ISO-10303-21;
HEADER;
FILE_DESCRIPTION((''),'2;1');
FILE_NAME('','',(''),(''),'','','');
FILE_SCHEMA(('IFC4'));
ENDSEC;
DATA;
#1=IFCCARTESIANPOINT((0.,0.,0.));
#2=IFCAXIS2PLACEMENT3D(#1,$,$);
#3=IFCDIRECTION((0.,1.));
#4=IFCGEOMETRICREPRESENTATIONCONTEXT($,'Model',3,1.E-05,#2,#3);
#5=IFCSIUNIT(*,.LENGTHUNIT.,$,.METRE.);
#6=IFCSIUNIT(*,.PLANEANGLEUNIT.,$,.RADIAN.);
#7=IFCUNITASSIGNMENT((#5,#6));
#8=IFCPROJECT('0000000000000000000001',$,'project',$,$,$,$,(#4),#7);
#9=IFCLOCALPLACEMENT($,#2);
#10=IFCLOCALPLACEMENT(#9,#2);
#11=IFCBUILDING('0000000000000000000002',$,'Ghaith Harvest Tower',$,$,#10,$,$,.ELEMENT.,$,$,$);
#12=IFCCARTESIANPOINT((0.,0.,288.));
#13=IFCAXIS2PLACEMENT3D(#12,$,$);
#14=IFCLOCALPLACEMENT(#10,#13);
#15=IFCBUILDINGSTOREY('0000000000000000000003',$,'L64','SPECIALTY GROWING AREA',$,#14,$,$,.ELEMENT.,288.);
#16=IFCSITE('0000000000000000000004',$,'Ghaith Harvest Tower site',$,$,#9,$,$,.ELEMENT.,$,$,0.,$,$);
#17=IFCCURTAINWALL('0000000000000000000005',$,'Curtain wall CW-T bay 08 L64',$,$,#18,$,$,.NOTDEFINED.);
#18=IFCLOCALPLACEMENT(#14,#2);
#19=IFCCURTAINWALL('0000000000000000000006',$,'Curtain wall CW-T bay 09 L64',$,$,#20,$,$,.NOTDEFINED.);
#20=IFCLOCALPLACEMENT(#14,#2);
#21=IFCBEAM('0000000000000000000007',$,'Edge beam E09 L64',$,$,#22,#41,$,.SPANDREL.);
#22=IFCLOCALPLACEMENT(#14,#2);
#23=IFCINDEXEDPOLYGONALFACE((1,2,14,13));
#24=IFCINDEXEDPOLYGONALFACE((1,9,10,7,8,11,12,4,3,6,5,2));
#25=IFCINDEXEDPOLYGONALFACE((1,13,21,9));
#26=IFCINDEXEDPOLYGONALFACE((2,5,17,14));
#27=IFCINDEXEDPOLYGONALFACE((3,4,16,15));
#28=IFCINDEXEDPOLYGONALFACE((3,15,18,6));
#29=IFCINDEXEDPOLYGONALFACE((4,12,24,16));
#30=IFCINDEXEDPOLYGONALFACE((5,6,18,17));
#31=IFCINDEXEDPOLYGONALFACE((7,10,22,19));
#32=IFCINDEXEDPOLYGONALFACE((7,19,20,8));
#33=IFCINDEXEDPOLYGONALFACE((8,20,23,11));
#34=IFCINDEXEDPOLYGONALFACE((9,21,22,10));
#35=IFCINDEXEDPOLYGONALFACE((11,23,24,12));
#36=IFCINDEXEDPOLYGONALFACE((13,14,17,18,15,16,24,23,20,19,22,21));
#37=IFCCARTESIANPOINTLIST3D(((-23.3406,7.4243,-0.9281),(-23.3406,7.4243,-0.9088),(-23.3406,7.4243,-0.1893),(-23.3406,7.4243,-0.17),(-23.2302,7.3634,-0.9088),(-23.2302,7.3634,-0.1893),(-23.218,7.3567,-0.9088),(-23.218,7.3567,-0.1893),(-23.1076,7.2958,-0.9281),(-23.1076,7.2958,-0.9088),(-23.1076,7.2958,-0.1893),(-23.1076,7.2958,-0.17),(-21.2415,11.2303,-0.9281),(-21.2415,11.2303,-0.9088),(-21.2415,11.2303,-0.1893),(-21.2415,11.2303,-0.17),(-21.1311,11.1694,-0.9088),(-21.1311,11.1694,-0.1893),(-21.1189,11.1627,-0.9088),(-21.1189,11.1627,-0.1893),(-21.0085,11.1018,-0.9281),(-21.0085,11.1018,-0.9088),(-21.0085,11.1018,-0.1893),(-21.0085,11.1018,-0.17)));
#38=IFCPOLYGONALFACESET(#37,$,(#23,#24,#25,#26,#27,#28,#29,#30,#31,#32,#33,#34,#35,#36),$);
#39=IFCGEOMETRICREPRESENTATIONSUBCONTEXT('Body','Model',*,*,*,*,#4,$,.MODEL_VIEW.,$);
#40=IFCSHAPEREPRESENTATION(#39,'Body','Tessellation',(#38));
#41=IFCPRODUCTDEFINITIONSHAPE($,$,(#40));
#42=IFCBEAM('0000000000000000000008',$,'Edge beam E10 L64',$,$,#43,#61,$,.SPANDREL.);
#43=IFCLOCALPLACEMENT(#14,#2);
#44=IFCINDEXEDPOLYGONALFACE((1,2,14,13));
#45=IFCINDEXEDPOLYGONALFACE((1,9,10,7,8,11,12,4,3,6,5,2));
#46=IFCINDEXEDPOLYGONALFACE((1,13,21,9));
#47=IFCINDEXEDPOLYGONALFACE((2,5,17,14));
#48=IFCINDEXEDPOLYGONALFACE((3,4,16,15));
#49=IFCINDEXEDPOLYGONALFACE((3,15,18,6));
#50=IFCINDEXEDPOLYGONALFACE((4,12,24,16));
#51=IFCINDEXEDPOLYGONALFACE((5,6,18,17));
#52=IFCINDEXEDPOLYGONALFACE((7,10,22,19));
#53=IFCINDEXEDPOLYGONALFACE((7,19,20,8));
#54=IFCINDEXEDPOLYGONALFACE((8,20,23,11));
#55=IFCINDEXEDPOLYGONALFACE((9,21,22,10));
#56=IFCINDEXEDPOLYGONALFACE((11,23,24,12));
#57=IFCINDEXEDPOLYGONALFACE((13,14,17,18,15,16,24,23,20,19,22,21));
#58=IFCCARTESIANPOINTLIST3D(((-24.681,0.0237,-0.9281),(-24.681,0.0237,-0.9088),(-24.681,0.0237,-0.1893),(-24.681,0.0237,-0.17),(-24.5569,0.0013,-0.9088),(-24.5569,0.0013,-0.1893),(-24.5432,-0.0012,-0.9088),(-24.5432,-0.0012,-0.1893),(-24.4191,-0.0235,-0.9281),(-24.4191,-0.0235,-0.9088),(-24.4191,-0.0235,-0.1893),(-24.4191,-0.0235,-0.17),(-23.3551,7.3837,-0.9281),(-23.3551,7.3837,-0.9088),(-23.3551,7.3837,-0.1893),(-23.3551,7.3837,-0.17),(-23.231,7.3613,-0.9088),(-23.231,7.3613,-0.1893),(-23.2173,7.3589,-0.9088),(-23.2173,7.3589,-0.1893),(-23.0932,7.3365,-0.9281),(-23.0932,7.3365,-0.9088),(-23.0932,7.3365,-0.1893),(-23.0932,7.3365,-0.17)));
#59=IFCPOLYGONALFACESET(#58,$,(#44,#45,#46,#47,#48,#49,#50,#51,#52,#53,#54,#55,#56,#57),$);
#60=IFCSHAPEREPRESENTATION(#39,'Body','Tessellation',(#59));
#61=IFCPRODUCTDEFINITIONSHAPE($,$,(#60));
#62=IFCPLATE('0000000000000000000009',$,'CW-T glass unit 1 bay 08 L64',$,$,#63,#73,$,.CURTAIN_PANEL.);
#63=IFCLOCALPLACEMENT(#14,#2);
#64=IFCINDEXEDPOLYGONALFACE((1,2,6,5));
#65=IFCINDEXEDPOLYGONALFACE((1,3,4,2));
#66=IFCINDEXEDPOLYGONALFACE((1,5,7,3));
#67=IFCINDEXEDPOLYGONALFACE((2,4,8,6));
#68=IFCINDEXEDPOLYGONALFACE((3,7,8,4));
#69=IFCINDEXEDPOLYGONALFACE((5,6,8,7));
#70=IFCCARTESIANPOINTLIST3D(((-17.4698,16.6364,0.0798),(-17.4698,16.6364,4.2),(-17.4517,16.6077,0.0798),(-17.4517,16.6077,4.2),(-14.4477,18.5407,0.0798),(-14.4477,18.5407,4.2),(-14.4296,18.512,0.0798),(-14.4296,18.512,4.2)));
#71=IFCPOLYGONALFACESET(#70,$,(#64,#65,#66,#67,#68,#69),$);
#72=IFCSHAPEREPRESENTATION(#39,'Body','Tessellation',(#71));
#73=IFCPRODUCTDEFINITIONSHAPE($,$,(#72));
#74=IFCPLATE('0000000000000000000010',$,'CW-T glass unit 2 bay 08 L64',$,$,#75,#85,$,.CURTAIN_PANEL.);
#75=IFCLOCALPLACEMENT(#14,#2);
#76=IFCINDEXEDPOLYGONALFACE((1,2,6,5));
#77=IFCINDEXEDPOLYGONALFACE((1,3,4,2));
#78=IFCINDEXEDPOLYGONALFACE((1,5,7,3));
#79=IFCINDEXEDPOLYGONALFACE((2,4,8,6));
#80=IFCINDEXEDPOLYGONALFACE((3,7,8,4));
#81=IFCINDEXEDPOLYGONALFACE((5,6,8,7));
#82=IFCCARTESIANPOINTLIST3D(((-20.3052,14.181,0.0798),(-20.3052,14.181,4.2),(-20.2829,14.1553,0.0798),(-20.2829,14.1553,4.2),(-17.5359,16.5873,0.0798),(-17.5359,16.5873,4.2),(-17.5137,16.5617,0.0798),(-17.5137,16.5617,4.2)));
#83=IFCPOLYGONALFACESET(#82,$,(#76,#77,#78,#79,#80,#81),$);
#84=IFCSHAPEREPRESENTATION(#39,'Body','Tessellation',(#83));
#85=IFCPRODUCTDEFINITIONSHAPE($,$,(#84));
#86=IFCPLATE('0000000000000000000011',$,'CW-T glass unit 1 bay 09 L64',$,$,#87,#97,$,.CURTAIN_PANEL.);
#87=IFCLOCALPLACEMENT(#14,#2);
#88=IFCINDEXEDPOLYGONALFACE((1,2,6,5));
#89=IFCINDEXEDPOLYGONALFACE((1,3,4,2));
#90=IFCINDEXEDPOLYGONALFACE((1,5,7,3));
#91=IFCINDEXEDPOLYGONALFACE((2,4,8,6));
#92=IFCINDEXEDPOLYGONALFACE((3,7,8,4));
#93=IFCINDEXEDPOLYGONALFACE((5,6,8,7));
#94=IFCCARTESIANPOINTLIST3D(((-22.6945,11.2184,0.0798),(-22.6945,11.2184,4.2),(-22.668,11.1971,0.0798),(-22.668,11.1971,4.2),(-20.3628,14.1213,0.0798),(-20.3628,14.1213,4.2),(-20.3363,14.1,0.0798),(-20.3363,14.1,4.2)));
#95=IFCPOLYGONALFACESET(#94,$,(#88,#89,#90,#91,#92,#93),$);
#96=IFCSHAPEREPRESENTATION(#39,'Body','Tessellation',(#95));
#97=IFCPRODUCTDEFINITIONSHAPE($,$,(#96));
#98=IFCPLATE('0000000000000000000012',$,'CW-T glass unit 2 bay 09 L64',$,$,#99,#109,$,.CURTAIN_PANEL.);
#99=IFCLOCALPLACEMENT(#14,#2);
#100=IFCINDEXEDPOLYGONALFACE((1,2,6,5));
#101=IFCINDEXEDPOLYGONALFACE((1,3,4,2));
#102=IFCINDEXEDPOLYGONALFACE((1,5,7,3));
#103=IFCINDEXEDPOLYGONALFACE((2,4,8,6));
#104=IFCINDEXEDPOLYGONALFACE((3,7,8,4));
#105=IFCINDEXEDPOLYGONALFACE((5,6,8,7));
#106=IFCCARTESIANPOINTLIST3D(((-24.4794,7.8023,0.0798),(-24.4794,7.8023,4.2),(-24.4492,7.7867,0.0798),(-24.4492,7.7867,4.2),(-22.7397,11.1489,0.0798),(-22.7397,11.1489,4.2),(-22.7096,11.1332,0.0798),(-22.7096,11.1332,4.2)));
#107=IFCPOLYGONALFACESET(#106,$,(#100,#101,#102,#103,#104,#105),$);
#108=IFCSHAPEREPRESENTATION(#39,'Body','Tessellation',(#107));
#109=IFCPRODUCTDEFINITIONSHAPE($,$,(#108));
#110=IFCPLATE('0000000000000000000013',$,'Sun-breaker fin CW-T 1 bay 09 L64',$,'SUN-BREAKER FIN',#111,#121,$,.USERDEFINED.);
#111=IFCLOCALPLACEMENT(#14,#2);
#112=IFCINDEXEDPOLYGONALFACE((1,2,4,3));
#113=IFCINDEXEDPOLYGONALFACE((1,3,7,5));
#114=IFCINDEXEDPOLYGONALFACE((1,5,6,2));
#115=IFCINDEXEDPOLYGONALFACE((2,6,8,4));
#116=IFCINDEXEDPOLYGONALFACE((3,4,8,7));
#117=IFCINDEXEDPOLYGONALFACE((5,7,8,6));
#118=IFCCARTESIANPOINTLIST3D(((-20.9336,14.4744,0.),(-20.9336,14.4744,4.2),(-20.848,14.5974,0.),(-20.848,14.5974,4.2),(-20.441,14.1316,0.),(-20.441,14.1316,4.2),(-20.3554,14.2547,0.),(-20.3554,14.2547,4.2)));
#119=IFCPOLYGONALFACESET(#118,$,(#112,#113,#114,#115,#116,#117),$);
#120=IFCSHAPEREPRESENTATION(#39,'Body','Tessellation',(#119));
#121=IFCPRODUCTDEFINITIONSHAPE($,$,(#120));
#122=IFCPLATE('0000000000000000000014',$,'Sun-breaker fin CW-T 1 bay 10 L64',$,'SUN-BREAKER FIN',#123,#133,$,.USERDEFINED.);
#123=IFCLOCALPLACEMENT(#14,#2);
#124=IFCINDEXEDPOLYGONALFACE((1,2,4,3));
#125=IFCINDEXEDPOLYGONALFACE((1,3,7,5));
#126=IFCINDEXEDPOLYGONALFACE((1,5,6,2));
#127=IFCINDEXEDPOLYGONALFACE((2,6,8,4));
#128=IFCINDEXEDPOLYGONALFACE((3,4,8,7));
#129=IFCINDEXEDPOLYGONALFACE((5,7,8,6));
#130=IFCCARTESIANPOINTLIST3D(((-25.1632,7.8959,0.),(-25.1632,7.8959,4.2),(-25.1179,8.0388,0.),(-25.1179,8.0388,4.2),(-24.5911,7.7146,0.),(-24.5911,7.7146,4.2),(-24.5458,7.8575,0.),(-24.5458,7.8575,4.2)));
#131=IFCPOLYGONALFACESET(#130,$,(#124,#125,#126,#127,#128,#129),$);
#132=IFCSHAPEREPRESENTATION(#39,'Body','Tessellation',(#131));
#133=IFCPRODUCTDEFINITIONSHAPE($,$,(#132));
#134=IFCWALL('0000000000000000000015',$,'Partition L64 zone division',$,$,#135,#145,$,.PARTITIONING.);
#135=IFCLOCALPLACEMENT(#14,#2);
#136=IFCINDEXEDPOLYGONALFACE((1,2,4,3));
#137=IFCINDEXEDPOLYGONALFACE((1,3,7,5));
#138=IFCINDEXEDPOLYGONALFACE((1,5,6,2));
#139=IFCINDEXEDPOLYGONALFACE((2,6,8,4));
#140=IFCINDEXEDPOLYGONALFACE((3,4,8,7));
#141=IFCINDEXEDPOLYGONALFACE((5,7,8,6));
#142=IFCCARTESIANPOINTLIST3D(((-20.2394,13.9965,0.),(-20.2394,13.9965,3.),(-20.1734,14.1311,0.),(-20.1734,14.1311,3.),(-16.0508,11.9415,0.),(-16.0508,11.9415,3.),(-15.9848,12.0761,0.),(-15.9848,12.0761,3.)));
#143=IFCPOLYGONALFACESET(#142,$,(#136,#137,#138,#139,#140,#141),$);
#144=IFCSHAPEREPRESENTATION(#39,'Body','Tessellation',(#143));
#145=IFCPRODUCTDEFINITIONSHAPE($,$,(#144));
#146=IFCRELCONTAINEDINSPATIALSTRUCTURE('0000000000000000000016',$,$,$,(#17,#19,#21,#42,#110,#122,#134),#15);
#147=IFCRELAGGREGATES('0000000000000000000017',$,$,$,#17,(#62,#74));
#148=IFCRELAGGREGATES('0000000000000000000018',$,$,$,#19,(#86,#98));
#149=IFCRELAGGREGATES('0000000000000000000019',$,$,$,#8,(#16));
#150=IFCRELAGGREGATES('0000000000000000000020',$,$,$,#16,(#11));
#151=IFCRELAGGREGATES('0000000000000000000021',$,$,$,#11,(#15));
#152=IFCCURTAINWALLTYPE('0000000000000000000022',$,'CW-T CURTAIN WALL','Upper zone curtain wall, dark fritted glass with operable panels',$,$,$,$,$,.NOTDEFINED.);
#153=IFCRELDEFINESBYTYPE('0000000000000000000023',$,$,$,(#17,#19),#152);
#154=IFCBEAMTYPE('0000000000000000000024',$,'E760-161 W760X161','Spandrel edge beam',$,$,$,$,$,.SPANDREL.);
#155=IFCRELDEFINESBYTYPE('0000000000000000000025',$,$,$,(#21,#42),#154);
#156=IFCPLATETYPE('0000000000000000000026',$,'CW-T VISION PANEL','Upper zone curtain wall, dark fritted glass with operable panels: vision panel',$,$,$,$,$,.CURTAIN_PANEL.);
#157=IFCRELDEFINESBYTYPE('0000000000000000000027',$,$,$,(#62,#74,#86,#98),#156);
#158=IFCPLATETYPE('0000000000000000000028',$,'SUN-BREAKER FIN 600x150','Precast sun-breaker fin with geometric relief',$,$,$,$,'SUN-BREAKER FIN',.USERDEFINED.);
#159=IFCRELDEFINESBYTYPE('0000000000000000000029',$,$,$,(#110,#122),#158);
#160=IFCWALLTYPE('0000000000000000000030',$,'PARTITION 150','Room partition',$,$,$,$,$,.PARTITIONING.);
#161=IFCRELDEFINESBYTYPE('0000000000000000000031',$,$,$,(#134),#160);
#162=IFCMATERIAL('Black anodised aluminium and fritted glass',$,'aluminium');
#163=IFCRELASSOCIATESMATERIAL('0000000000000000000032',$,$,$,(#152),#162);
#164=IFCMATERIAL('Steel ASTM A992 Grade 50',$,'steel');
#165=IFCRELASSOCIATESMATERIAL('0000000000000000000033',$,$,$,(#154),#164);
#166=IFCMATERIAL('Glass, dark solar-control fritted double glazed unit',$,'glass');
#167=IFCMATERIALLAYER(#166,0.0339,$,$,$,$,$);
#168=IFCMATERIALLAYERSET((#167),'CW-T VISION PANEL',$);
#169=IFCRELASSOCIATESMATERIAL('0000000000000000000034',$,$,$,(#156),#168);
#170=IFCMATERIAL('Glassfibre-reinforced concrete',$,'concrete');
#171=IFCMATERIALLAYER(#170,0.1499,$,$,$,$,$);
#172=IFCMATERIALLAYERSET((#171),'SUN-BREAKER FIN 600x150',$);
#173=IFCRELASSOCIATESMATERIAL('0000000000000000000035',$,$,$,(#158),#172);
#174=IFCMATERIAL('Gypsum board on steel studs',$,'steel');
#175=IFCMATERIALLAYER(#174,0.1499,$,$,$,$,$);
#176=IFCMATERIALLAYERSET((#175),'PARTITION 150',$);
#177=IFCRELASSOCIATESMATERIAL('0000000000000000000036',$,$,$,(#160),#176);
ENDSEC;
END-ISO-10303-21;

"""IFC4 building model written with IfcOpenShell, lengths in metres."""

from ifc_helpers import new_model, si_unit, direction, frame, frame_2d, origin, origin_2d, place, context, subcontext, project, spatial, rectangle, i_section, extrude, material, layer, layer_set, material_profile, profile_set, type_object, element, aggregate, save


model = new_model("IFC4")

# Units and contexts
model_context = context("Model", 3, precision=1e-05, world=origin(), true_north=direction((0.0, 1.0)))
body_context = subcontext(model_context, "Body", "Model", "MODEL_VIEW")
ifc_project = project(units=[si_unit("LENGTHUNIT", "METRE"), si_unit("PLANEANGLEUNIT", "RADIAN")], contexts=[model_context])

# Site, building, storey
site_placement = place(None, origin())
site = spatial("IfcSite", under=ifc_project, at=site_placement, Name="Ghaith Harvest Tower site", CompositionType="ELEMENT", RefElevation=0.0)
building_placement = place(site_placement, origin())
building = spatial("IfcBuilding", under=site, at=building_placement, Name="Ghaith Harvest Tower", CompositionType="ELEMENT")
storey_placement = place(building_placement, frame((0.0, 0.0, 288.0)))
storey = spatial("IfcBuildingStorey", under=building, at=storey_placement, Name="L64", Description="SPECIALTY GROWING AREA", CompositionType="ELEMENT", Elevation=288.0)

# Curtain walls
ifc_material_1 = material(Name="Black anodised aluminium and fritted glass", Category="aluminium")
curtain_wall_type = type_object("IfcCurtainWallType", Name="CW-T CURTAIN WALL", Description="Upper zone curtain wall, dark fritted glass with operable panels", PredefinedType="NOTDEFINED", material=ifc_material_1)
curtain_wall_1_placement = place(storey_placement, origin())
curtain_wall_1 = element("IfcCurtainWall", 1, at=curtain_wall_1_placement, inside=storey, type_object=curtain_wall_type, Name="Curtain wall CW-T bay 08 L64", PredefinedType="NOTDEFINED")
curtain_wall_2_placement = place(storey_placement, origin())
curtain_wall_2 = element("IfcCurtainWall", 2, at=curtain_wall_2_placement, inside=storey, type_object=curtain_wall_type, Name="Curtain wall CW-T bay 09 L64", PredefinedType="NOTDEFINED")

# Beams
ifc_material_2 = material(Name="Steel ASTM A992 Grade 50", Category="steel")
ifc_material_profile_1 = material_profile(ifc_material_2, i_section(OverallWidth=0.2661, OverallDepth=0.7581, WebThickness=0.0139, FlangeThickness=0.0193, at=origin_2d()), Name="W760X161")
ifc_profile_set_1 = profile_set([ifc_material_profile_1], Name="Steel ASTM A992 Grade 50")
beam_type = type_object("IfcBeamType", Name="E760-161 W760X161", Description="Spandrel edge beam", PredefinedType="SPANDREL", material=ifc_profile_set_1)
beam_1_placement = place(storey_placement, frame((-21.125, 11.166, -0.5491), z_axis=(-0.482956, -0.875645, 0.0), x_axis=(0.875645, -0.482956, 0.0)))
element("IfcBeam", 3, at=beam_1_placement, inside=storey, type_object=beam_type, Name="Edge beam E09 L64", PredefinedType="SPANDREL", context=body_context, shape_type="SweptSolid", body=[
    extrude(i_section(OverallWidth=0.2661, OverallDepth=0.7581, WebThickness=0.0139, FlangeThickness=0.0193, at=origin_2d()), origin(), (0.0, 0.0, 1.0), 4.3464),
])
beam_2_placement = place(storey_placement, frame((-23.2241, 7.3601, -0.5491), z_axis=(-0.177297, -0.984157, 0.0), x_axis=(0.984157, -0.177297, 0.0)))
element("IfcBeam", 4, at=beam_2_placement, inside=storey, type_object=beam_type, Name="Edge beam E10 L64", PredefinedType="SPANDREL", context=body_context, shape_type="SweptSolid", body=[
    extrude(i_section(OverallWidth=0.2661, OverallDepth=0.7581, WebThickness=0.0139, FlangeThickness=0.0193, at=origin_2d()), origin(), (0.0, 0.0, 1.0), 7.4785),
])

# Plates
ifc_material_3 = material(Name="Glass, dark solar-control fritted double glazed unit", Category="glass")
ifc_layer_1 = layer(ifc_material_3, 0.0339)
ifc_layer_set_1 = layer_set([ifc_layer_1], Name="CW-T VISION PANEL")
plate_type_1 = type_object("IfcPlateType", Name="CW-T VISION PANEL", Description="Upper zone curtain wall, dark fritted glass with operable panels: vision panel", PredefinedType="CURTAIN_PANEL", material=ifc_layer_set_1)
plate_1_placement = place(storey_placement, frame((-15.9497, 17.5742, 0.0798), z_axis=(0.0, 0.0, 1.0), x_axis=(-0.846043, -0.533114, 0.0)))
plate_1 = element("IfcPlate", 5, at=plate_1_placement, type_object=plate_type_1, Name="CW-T glass unit 1 bay 08 L64", PredefinedType="CURTAIN_PANEL", context=body_context, shape_type="SweptSolid", body=[
    extrude(rectangle(XDim=3.572, YDim=0.0339, at=origin_2d()), origin(), (0.0, 0.0, 1.0), 4.1201),
])
plate_2_placement = place(storey_placement, frame((-18.9094, 15.3713, 0.0798), z_axis=(0.0, 0.0, 1.0), x_axis=(-0.754829, -0.655922, 0.0)))
plate_2 = element("IfcPlate", 6, at=plate_2_placement, type_object=plate_type_1, Name="CW-T glass unit 2 bay 08 L64", PredefinedType="CURTAIN_PANEL", context=body_context, shape_type="SweptSolid", body=[
    extrude(rectangle(XDim=3.6687, YDim=0.0339, at=origin_2d()), origin(), (0.0, 0.0, 1.0), 4.1201),
])
aggregate(curtain_wall_1, [plate_1, plate_2])
plate_3_placement = place(storey_placement, frame((-21.5154, 12.6592, 0.0798), z_axis=(0.0, 0.0, 1.0), x_axis=(-0.62623, -0.779639, 0.0)))
plate_3 = element("IfcPlate", 7, at=plate_3_placement, type_object=plate_type_1, Name="CW-T glass unit 1 bay 09 L64", PredefinedType="CURTAIN_PANEL", context=body_context, shape_type="SweptSolid", body=[
    extrude(rectangle(XDim=3.7234, YDim=0.0339, at=origin_2d()), origin(), (0.0, 0.0, 1.0), 4.1201),
])
plate_4_placement = place(storey_placement, frame((-23.5945, 9.4678, 0.0798), z_axis=(0.0, 0.0, 1.0), x_axis=(-0.46123, -0.887281, 0.0)))
plate_4 = element("IfcPlate", 8, at=plate_4_placement, type_object=plate_type_1, Name="CW-T glass unit 2 bay 09 L64", PredefinedType="CURTAIN_PANEL", context=body_context, shape_type="SweptSolid", body=[
    extrude(rectangle(XDim=3.7717, YDim=0.0339, at=origin_2d()), origin(), (0.0, 0.0, 1.0), 4.1201),
])
aggregate(curtain_wall_2, [plate_3, plate_4])

# Plates
ifc_material_4 = material(Name="Glassfibre-reinforced concrete", Category="concrete")
ifc_layer_2 = layer(ifc_material_4, 0.1499)
ifc_layer_set_2 = layer_set([ifc_layer_2], Name="SUN-BREAKER FIN 600x150")
plate_type_2 = type_object("IfcPlateType", Name="SUN-BREAKER FIN 600x150", Description="Precast sun-breaker fin with geometric relief", ElementType="SUN-BREAKER FIN", PredefinedType="USERDEFINED", material=ifc_layer_set_2)
for number, where, z_axis, x_axis, name in (
    (9, (-20.6445, 14.3645, 0.0), (0.0, 0.0, 1.0), (-0.820845, 0.57115, 0.0), "Sun-breaker fin CW-T 1 bay 09 L64"),
    (10, (-24.8545, 7.8767, 0.0), (0.0, 0.0, 1.0), (-0.953273, 0.30211, 0.0), "Sun-breaker fin CW-T 1 bay 10 L64"),
):
    element("IfcPlate", number, at=place(storey_placement, frame(where, z_axis=z_axis, x_axis=x_axis)), inside=storey, type_object=plate_type_2, Name=name, ObjectType="SUN-BREAKER FIN", PredefinedType="USERDEFINED", context=body_context, shape_type="SweptSolid", body=[
        extrude(rectangle(XDim=0.6001, YDim=0.1499, at=origin_2d()), origin(), (0.0, 0.0, 1.0), 4.2),
    ])

# Wall
ifc_material_5 = material(Name="Gypsum board on steel studs", Category="steel")
ifc_layer_3 = layer(ifc_material_5, 0.1499)
ifc_layer_set_3 = layer_set([ifc_layer_3], Name="PARTITION 150")
wall_type_1 = type_object("IfcWallType", Name="PARTITION 150", Description="Room partition", PredefinedType="PARTITIONING", material=ifc_layer_set_3)
wall_1_placement = place(storey_placement, frame((-16.0178, 12.0088, 0.0), z_axis=(0.0, 0.0, 1.0), x_axis=(-0.897772, 0.440461, 0.0)))
element("IfcWall", 11, at=wall_1_placement, inside=storey, type_object=wall_type_1, Name="Partition L64 zone division", PredefinedType="PARTITIONING", context=body_context, shape_type="SweptSolid", body=[
    extrude(rectangle(XDim=4.6655, YDim=0.1499, at=frame_2d((2.3328, 0.0))), origin(), (0.0, 0.0, 1.0), 3.0),
])

save(model, "model.ifc")
